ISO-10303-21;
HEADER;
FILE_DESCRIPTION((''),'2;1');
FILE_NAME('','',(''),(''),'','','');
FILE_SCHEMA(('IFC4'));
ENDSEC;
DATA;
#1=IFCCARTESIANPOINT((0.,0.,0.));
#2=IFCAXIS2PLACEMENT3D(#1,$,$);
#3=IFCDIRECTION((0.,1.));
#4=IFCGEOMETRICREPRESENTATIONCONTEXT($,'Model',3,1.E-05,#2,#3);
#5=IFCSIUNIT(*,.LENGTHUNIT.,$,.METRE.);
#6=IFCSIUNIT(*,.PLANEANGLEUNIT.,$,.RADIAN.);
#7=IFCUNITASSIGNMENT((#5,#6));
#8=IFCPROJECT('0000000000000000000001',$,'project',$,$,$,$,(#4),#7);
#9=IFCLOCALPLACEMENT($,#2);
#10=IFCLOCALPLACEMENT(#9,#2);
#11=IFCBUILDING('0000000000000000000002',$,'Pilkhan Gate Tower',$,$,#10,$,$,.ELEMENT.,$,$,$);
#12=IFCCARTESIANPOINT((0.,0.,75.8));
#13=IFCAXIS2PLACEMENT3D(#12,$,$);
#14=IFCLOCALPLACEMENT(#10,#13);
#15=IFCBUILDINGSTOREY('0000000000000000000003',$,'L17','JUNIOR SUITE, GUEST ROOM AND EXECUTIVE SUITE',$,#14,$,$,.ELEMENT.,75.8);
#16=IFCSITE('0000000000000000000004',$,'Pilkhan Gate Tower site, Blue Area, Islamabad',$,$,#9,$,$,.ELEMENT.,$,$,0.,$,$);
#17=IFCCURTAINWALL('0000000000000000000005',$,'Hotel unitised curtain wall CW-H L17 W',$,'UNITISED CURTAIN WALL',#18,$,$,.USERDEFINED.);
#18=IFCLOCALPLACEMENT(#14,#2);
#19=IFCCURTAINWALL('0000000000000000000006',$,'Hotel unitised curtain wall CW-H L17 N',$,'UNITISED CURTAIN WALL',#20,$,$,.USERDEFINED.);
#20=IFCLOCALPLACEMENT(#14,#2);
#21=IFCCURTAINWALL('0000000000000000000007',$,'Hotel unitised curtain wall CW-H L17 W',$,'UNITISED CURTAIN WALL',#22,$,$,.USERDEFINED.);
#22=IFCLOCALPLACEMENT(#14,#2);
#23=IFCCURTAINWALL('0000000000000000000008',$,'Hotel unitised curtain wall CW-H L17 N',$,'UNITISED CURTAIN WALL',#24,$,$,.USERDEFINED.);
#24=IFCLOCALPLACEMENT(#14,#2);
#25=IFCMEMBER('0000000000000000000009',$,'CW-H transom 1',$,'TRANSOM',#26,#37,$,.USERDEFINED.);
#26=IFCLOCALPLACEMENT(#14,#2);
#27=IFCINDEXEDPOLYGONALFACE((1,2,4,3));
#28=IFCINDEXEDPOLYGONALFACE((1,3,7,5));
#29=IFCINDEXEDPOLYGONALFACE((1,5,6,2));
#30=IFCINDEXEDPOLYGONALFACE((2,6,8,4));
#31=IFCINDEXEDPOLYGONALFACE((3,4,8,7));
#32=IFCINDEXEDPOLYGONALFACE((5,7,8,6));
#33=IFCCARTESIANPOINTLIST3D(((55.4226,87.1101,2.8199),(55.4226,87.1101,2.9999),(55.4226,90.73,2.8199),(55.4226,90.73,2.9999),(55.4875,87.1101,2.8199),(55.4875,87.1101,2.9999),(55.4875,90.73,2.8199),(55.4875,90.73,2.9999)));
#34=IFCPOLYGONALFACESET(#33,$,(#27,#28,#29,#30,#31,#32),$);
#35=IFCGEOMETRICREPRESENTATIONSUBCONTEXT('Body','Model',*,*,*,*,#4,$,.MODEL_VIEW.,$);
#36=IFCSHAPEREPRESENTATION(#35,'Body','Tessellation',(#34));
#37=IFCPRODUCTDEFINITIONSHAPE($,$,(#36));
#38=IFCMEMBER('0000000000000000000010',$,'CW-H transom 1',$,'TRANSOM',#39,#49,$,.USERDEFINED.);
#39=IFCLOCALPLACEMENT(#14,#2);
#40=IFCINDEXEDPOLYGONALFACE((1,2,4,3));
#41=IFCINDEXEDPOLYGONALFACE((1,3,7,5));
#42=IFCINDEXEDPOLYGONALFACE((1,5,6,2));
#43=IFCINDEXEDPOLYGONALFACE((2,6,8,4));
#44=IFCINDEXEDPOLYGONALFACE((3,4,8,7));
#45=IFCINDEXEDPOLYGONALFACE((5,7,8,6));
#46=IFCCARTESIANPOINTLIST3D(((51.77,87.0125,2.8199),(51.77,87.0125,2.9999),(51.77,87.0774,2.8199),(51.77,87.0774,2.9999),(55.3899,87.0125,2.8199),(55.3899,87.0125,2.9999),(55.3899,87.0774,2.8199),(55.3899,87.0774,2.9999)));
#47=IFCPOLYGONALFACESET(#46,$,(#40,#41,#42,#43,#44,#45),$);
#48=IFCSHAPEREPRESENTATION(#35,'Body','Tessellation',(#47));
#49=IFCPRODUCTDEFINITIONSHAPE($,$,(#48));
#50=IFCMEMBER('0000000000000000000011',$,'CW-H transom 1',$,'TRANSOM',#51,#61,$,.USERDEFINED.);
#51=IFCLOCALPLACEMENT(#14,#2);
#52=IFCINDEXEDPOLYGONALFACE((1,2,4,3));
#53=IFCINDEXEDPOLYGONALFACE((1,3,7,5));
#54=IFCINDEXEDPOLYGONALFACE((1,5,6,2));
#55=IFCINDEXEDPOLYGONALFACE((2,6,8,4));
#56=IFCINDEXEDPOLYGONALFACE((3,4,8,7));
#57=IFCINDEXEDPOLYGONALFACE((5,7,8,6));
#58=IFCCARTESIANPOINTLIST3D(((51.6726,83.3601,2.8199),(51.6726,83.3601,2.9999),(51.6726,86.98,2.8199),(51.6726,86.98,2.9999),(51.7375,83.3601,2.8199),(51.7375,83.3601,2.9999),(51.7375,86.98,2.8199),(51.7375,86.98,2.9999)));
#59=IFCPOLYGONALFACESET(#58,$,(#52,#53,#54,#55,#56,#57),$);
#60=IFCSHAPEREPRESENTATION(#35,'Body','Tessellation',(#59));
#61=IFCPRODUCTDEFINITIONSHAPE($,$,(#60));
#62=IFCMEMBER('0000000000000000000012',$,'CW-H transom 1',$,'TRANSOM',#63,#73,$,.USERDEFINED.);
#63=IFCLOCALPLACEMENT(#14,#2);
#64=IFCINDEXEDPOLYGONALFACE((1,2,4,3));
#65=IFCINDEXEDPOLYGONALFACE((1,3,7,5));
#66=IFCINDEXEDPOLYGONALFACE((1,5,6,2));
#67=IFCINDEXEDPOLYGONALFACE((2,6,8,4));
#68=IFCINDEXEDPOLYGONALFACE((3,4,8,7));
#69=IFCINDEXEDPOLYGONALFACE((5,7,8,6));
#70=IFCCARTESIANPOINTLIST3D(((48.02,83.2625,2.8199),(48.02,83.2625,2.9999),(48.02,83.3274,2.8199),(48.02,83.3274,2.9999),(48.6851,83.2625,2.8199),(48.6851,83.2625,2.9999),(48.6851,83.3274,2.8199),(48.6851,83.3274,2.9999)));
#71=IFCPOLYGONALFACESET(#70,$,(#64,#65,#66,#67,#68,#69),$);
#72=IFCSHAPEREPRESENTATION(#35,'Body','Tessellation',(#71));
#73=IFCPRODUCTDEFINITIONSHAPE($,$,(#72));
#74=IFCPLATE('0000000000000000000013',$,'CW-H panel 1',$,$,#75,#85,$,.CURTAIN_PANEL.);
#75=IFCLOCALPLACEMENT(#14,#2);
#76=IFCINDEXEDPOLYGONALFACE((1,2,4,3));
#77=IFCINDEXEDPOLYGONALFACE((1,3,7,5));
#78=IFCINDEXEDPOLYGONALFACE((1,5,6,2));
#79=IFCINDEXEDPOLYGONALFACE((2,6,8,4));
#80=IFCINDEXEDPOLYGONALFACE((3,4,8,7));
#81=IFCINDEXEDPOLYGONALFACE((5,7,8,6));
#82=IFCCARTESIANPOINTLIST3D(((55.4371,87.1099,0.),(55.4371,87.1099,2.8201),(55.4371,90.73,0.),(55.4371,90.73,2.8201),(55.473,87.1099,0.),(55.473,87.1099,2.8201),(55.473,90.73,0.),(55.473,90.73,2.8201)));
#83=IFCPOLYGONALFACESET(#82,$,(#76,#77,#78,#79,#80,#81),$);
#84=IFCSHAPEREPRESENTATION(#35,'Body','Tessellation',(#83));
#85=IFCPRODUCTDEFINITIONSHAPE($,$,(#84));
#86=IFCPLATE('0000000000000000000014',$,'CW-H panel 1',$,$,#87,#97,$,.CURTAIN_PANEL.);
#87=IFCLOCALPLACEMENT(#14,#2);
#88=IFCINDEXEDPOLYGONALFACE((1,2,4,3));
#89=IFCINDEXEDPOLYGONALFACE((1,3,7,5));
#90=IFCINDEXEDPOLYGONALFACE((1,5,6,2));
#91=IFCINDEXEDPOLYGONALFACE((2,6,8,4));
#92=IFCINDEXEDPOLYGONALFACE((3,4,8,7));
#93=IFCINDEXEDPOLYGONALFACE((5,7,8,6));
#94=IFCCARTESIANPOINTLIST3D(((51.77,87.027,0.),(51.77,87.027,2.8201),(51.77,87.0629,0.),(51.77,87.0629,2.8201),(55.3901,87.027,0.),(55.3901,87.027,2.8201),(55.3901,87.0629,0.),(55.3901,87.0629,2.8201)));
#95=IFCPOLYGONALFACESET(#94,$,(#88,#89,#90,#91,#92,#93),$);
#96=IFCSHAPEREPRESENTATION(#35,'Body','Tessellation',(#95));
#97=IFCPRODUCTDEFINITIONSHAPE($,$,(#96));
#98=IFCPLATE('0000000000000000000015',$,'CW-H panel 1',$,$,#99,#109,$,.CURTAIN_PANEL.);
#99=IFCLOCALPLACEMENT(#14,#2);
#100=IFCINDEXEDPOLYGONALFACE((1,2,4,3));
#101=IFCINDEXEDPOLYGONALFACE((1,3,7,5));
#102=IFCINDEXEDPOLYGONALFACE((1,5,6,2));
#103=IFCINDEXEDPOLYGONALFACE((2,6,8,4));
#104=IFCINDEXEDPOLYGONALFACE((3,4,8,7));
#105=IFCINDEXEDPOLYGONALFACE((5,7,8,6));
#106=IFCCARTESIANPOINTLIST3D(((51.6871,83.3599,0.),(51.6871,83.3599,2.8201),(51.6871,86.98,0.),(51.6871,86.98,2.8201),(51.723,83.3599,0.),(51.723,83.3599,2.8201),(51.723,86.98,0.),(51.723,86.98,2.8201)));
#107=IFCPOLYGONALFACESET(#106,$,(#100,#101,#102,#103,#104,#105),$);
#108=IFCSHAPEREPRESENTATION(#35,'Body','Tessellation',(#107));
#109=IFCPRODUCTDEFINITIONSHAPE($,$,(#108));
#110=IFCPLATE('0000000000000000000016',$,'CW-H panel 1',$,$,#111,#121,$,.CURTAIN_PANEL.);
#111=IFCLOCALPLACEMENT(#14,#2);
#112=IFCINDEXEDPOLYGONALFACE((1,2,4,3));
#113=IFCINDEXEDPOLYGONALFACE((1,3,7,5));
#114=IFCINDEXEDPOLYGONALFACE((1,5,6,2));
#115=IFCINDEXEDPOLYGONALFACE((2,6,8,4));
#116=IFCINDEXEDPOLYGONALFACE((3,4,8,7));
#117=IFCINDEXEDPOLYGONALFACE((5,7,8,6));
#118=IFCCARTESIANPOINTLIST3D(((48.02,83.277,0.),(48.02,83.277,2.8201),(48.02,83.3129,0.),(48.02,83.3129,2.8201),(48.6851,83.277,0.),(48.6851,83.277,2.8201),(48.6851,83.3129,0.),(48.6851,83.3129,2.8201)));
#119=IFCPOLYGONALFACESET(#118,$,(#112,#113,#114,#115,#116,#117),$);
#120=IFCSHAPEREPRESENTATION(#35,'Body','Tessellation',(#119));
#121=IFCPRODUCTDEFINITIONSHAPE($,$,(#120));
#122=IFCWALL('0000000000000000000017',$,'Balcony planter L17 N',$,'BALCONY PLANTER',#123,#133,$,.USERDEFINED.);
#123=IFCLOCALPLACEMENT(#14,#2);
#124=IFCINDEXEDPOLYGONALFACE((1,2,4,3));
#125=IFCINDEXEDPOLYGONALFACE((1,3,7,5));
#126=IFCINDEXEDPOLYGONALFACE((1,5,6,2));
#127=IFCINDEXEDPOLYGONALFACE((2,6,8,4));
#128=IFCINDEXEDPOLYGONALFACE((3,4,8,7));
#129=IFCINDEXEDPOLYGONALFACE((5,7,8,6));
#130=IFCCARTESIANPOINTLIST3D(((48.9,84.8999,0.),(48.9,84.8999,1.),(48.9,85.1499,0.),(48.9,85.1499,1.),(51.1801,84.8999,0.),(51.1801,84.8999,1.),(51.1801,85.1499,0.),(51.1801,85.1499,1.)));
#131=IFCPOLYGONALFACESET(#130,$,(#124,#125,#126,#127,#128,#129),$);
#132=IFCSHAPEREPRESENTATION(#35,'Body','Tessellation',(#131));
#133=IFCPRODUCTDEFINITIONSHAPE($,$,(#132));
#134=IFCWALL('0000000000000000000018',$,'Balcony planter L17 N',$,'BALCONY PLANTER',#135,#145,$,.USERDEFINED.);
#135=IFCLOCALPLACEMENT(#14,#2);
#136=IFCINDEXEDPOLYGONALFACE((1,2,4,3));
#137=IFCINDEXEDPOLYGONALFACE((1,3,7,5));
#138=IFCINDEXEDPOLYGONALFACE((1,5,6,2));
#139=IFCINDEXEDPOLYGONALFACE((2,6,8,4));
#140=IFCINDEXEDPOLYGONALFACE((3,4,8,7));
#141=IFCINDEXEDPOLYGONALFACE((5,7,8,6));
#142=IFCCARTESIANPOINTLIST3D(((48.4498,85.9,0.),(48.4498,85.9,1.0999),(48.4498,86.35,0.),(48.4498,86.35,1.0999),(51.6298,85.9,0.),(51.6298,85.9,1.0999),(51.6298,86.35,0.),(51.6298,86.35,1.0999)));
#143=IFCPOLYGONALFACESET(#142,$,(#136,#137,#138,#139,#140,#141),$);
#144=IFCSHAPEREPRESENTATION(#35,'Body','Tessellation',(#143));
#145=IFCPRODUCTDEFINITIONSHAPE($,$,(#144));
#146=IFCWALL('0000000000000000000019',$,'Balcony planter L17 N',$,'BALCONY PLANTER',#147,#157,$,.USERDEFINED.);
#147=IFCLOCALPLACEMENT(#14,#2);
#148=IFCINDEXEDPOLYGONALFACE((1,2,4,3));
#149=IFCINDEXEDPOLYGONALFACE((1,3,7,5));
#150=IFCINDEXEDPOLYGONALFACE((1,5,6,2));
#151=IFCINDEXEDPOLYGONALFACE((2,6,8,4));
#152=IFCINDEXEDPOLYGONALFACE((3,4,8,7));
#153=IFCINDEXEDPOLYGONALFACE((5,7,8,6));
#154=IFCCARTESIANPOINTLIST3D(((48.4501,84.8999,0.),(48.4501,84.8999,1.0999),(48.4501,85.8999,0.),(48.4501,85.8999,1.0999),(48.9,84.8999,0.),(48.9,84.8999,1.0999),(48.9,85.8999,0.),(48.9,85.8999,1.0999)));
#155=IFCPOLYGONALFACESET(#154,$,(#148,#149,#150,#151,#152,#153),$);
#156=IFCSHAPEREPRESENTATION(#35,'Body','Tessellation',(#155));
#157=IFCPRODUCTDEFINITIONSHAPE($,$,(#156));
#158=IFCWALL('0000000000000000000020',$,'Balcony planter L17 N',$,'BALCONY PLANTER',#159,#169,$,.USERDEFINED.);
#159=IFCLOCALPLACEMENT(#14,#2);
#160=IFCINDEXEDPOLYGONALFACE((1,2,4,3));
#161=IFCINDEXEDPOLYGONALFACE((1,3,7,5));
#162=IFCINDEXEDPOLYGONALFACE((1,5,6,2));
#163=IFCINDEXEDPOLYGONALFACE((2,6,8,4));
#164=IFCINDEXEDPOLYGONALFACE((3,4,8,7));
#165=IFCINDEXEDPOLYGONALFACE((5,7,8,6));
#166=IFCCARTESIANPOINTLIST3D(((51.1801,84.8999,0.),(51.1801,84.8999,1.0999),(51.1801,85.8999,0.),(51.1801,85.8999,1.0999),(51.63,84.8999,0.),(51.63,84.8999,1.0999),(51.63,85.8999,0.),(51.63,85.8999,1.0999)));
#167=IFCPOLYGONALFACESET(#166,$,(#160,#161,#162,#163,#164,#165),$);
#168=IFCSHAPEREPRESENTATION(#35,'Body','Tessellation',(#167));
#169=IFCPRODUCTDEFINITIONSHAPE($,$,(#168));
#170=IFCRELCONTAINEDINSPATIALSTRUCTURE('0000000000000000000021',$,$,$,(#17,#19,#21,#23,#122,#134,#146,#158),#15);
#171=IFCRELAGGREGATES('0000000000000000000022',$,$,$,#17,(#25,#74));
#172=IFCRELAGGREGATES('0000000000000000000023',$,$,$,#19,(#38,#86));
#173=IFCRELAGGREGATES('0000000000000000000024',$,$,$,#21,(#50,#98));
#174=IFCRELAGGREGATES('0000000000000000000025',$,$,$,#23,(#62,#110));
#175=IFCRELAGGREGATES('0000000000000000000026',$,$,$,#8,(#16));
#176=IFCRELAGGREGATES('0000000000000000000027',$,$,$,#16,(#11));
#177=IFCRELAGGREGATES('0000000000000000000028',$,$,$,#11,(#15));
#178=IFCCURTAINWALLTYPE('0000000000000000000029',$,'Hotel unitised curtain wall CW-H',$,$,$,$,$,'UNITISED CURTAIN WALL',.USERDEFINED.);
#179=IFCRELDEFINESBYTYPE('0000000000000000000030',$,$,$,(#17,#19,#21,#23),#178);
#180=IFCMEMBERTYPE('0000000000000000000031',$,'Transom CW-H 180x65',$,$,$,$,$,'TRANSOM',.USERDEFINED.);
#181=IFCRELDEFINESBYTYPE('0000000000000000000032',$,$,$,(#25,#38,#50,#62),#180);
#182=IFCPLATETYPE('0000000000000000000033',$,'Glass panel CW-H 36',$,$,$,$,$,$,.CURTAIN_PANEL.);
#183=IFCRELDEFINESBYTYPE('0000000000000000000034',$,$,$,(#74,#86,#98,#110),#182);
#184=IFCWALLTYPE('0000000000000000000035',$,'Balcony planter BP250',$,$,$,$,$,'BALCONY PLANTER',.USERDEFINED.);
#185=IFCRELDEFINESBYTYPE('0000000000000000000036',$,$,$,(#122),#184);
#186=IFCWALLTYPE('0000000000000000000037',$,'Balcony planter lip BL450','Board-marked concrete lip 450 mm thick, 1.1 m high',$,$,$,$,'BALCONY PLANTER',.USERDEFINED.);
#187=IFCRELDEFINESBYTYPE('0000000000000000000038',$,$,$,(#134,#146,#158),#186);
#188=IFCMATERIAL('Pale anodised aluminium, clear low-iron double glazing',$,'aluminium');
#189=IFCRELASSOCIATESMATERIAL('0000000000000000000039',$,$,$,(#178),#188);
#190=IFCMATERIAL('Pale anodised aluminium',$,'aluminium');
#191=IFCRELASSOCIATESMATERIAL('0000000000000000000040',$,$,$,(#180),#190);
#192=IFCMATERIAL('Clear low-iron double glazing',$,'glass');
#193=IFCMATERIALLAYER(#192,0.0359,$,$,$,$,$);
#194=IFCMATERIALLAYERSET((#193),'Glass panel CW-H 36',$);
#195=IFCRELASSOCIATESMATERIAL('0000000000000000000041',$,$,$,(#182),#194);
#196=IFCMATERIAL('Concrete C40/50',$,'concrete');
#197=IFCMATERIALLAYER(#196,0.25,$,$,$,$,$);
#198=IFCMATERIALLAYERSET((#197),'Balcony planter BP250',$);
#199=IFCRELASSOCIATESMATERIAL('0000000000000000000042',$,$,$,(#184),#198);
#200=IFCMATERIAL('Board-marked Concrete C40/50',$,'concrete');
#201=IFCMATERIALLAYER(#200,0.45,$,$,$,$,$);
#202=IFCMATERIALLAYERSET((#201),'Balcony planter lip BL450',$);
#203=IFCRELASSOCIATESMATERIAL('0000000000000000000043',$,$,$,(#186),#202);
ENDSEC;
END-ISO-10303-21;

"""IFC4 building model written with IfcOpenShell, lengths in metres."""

from ifc_helpers import new_model, si_unit, direction, frame, frame_2d, origin, origin_2d, place, context, subcontext, project, spatial, rectangle, extrude, material, layer, layer_set, material_profile, profile_set, type_object, element, aggregate, save


model = new_model("IFC4")

# Units and contexts
model_context = context("Model", 3, precision=1e-05, world=origin(), true_north=direction((0.0, 1.0)))
body_context = subcontext(model_context, "Body", "Model", "MODEL_VIEW")
ifc_project = project(units=[si_unit("LENGTHUNIT", "METRE"), si_unit("PLANEANGLEUNIT", "RADIAN")], contexts=[model_context])

# Site, building, storey
site_placement = place(None, origin())
site = spatial("IfcSite", under=ifc_project, at=site_placement, Name="Pilkhan Gate Tower site, Blue Area, Islamabad", CompositionType="ELEMENT", RefElevation=0.0)
building_placement = place(site_placement, origin())
building = spatial("IfcBuilding", under=site, at=building_placement, Name="Pilkhan Gate Tower", CompositionType="ELEMENT")
storey_placement = place(building_placement, frame((0.0, 0.0, 75.8)))
storey = spatial("IfcBuildingStorey", under=building, at=storey_placement, Name="L17", Description="JUNIOR SUITE, GUEST ROOM AND EXECUTIVE SUITE", CompositionType="ELEMENT", Elevation=75.8)

# Curtain wall
ifc_material_1 = material(Name="Pale anodised aluminium, clear low-iron double glazing", Category="aluminium")
curtain_wall_type = type_object("IfcCurtainWallType", Name="Hotel unitised curtain wall CW-H", ElementType="UNITISED CURTAIN WALL", PredefinedType="USERDEFINED", material=ifc_material_1)
curtain_wall_1_placement = place(storey_placement, origin())
curtain_wall_1 = element("IfcCurtainWall", 1, at=curtain_wall_1_placement, inside=storey, type_object=curtain_wall_type, Name="Hotel unitised curtain wall CW-H L17 W", ObjectType="UNITISED CURTAIN WALL", PredefinedType="USERDEFINED")
ifc_material_2 = material(Name="Pale anodised aluminium", Category="aluminium")

# Curtain walls
curtain_wall_2_placement = place(storey_placement, origin())
curtain_wall_2 = element("IfcCurtainWall", 2, at=curtain_wall_2_placement, inside=storey, type_object=curtain_wall_type, Name="Hotel unitised curtain wall CW-H L17 N", ObjectType="UNITISED CURTAIN WALL", PredefinedType="USERDEFINED")
curtain_wall_3_placement = place(storey_placement, origin())
curtain_wall_3 = element("IfcCurtainWall", 3, at=curtain_wall_3_placement, inside=storey, type_object=curtain_wall_type, Name="Hotel unitised curtain wall CW-H L17 W", ObjectType="UNITISED CURTAIN WALL", PredefinedType="USERDEFINED")
curtain_wall_4_placement = place(storey_placement, origin())
curtain_wall_4 = element("IfcCurtainWall", 4, at=curtain_wall_4_placement, inside=storey, type_object=curtain_wall_type, Name="Hotel unitised curtain wall CW-H L17 N", ObjectType="UNITISED CURTAIN WALL", PredefinedType="USERDEFINED")

# Members
ifc_material_profile_1 = material_profile(ifc_material_2, rectangle(XDim=0.0649, YDim=0.1799, at=origin_2d()), Name="Transom 180x65")
ifc_profile_set_1 = profile_set([ifc_material_profile_1], Name="Pale anodised aluminium")
member_type_1 = type_object("IfcMemberType", Name="Transom CW-H 180x65", ElementType="TRANSOM", PredefinedType="USERDEFINED", material=ifc_profile_set_1)
member_1_placement = place(storey_placement, frame((55.4551, 87.1101, 2.9099), z_axis=(0.0, 1.0, 0.0), x_axis=(-1.0, 0.0, 0.0)))
member_1 = element("IfcMember", 5, at=member_1_placement, type_object=member_type_1, Name="CW-H transom 1", ObjectType="TRANSOM", PredefinedType="USERDEFINED", context=body_context, shape_type="SweptSolid", body=[
    extrude(rectangle(XDim=0.0649, YDim=0.1799, at=origin_2d()), origin(), (0.0, 0.0, 1.0), 3.6199),
])
member_2_placement = place(storey_placement, frame((51.77, 87.0449, 2.9099), z_axis=(1.0, 0.0, 0.0), x_axis=(0.0, 1.0, 0.0)))
member_2 = element("IfcMember", 6, at=member_2_placement, type_object=member_type_1, Name="CW-H transom 1", ObjectType="TRANSOM", PredefinedType="USERDEFINED", context=body_context, shape_type="SweptSolid", body=[
    extrude(rectangle(XDim=0.0649, YDim=0.1799, at=origin_2d()), origin(), (0.0, 0.0, 1.0), 3.6199),
])
member_3_placement = place(storey_placement, frame((51.7051, 83.3601, 2.9099), z_axis=(0.0, 1.0, 0.0), x_axis=(-1.0, 0.0, 0.0)))
member_3 = element("IfcMember", 7, at=member_3_placement, type_object=member_type_1, Name="CW-H transom 1", ObjectType="TRANSOM", PredefinedType="USERDEFINED", context=body_context, shape_type="SweptSolid", body=[
    extrude(rectangle(XDim=0.0649, YDim=0.1799, at=origin_2d()), origin(), (0.0, 0.0, 1.0), 3.6199),
])
member_4_placement = place(storey_placement, frame((48.02, 83.2949, 2.9099), z_axis=(1.0, 0.0, 0.0), x_axis=(0.0, 1.0, 0.0)))
member_4 = element("IfcMember", 8, at=member_4_placement, type_object=member_type_1, Name="CW-H transom 1", ObjectType="TRANSOM", PredefinedType="USERDEFINED", context=body_context, shape_type="SweptSolid", body=[
    extrude(rectangle(XDim=0.0649, YDim=0.1799, at=origin_2d()), origin(), (0.0, 0.0, 1.0), 0.665),
])

# Plates
ifc_material_3 = material(Name="Clear low-iron double glazing", Category="glass")
ifc_layer_1 = layer(ifc_material_3, 0.0359)
ifc_layer_set_1 = layer_set([ifc_layer_1], Name="Glass panel CW-H 36")
plate_type = type_object("IfcPlateType", Name="Glass panel CW-H 36", PredefinedType="CURTAIN_PANEL", material=ifc_layer_set_1)
plate_1_placement = place(storey_placement, frame((55.4551, 88.9199, 0.0), z_axis=(0.0, 0.0, 1.0), x_axis=(0.0, 1.0, 0.0)))
plate_1 = element("IfcPlate", 9, at=plate_1_placement, type_object=plate_type, Name="CW-H panel 1", PredefinedType="CURTAIN_PANEL", context=body_context, shape_type="SweptSolid", body=[
    extrude(rectangle(XDim=3.6201, YDim=0.0359, at=origin_2d()), origin(), (0.0, 0.0, 1.0), 2.8201),
])
aggregate(curtain_wall_1, [member_1, plate_1])
plate_2_placement = place(storey_placement, frame((53.5801, 87.0449, 0.0), z_axis=(0.0, 0.0, 1.0), x_axis=(1.0, 0.0, 0.0)))
plate_2 = element("IfcPlate", 10, at=plate_2_placement, type_object=plate_type, Name="CW-H panel 1", PredefinedType="CURTAIN_PANEL", context=body_context, shape_type="SweptSolid", body=[
    extrude(rectangle(XDim=3.6201, YDim=0.0359, at=origin_2d()), origin(), (0.0, 0.0, 1.0), 2.8201),
])
aggregate(curtain_wall_2, [member_2, plate_2])
plate_3_placement = place(storey_placement, frame((51.7051, 85.1699, 0.0), z_axis=(0.0, 0.0, 1.0), x_axis=(0.0, 1.0, 0.0)))
plate_3 = element("IfcPlate", 11, at=plate_3_placement, type_object=plate_type, Name="CW-H panel 1", PredefinedType="CURTAIN_PANEL", context=body_context, shape_type="SweptSolid", body=[
    extrude(rectangle(XDim=3.6201, YDim=0.0359, at=origin_2d()), origin(), (0.0, 0.0, 1.0), 2.8201),
])
aggregate(curtain_wall_3, [member_3, plate_3])
plate_4_placement = place(storey_placement, frame((48.3525, 83.2949, 0.0), z_axis=(0.0, 0.0, 1.0), x_axis=(1.0, 0.0, 0.0)))
plate_4 = element("IfcPlate", 12, at=plate_4_placement, type_object=plate_type, Name="CW-H panel 1", PredefinedType="CURTAIN_PANEL", context=body_context, shape_type="SweptSolid", body=[
    extrude(rectangle(XDim=0.665, YDim=0.0359, at=origin_2d()), origin(), (0.0, 0.0, 1.0), 2.8201),
])
aggregate(curtain_wall_4, [member_4, plate_4])

# Walls
ifc_material_4 = material(Name="Concrete C40/50", Category="concrete")
ifc_layer_2 = layer(ifc_material_4, 0.25)
ifc_layer_set_2 = layer_set([ifc_layer_2], Name="Balcony planter BP250")
wall_type_1 = type_object("IfcWallType", Name="Balcony planter BP250", ElementType="BALCONY PLANTER", PredefinedType="USERDEFINED", material=ifc_layer_set_2)
wall_1_placement = place(storey_placement, frame((48.8999, 85.0249, 0.0), z_axis=(0.0, 0.0, 1.0), x_axis=(1.0, 0.0, 0.0)))
element("IfcWall", 13, at=wall_1_placement, inside=storey, type_object=wall_type_1, Name="Balcony planter L17 N", ObjectType="BALCONY PLANTER", PredefinedType="USERDEFINED", context=body_context, shape_type="SweptSolid", body=[
    extrude(rectangle(XDim=2.28, YDim=0.25, at=frame_2d((1.1401, 0.0))), origin(), (0.0, 0.0, 1.0), 1.0),
])
ifc_material_5 = material(Name="Board-marked Concrete C40/50", Category="concrete")
ifc_layer_3 = layer(ifc_material_5, 0.45)
ifc_layer_set_3 = layer_set([ifc_layer_3], Name="Balcony planter lip BL450")
wall_type_2 = type_object("IfcWallType", Name="Balcony planter lip BL450", Description="Board-marked concrete lip 450 mm thick, 1.1 m high", ElementType="BALCONY PLANTER", PredefinedType="USERDEFINED", material=ifc_layer_set_3)
wall_2_placement = place(storey_placement, frame((48.45, 86.125, 0.0), z_axis=(0.0, 0.0, 1.0), x_axis=(1.0, 0.0, 0.0)))
element("IfcWall", 14, at=wall_2_placement, inside=storey, type_object=wall_type_2, Name="Balcony planter L17 N", ObjectType="BALCONY PLANTER", PredefinedType="USERDEFINED", context=body_context, shape_type="SweptSolid", body=[
    extrude(rectangle(XDim=3.1799, YDim=0.45, at=frame_2d((1.5898, 0.0))), origin(), (0.0, 0.0, 1.0), 1.0999),
])
for number, where, z_axis, x_axis, name in (
    (15, (48.675, 84.8999, 0.0), (0.0, 0.0, 1.0), (0.0, 1.0, 0.0), "Balcony planter L17 N"),
    (16, (51.405, 84.8999, 0.0), (0.0, 0.0, 1.0), (0.0, 1.0, 0.0), "Balcony planter L17 N"),
):
    element("IfcWall", number, at=place(storey_placement, frame(where, z_axis=z_axis, x_axis=x_axis)), inside=storey, type_object=wall_type_2, Name=name, ObjectType="BALCONY PLANTER", PredefinedType="USERDEFINED", context=body_context, shape_type="SweptSolid", body=[
        extrude(rectangle(XDim=1.0, YDim=0.45, at=frame_2d((0.5, 0.0))), origin(), (0.0, 0.0, 1.0), 1.0999),
    ])

save(model, "model.ifc")
